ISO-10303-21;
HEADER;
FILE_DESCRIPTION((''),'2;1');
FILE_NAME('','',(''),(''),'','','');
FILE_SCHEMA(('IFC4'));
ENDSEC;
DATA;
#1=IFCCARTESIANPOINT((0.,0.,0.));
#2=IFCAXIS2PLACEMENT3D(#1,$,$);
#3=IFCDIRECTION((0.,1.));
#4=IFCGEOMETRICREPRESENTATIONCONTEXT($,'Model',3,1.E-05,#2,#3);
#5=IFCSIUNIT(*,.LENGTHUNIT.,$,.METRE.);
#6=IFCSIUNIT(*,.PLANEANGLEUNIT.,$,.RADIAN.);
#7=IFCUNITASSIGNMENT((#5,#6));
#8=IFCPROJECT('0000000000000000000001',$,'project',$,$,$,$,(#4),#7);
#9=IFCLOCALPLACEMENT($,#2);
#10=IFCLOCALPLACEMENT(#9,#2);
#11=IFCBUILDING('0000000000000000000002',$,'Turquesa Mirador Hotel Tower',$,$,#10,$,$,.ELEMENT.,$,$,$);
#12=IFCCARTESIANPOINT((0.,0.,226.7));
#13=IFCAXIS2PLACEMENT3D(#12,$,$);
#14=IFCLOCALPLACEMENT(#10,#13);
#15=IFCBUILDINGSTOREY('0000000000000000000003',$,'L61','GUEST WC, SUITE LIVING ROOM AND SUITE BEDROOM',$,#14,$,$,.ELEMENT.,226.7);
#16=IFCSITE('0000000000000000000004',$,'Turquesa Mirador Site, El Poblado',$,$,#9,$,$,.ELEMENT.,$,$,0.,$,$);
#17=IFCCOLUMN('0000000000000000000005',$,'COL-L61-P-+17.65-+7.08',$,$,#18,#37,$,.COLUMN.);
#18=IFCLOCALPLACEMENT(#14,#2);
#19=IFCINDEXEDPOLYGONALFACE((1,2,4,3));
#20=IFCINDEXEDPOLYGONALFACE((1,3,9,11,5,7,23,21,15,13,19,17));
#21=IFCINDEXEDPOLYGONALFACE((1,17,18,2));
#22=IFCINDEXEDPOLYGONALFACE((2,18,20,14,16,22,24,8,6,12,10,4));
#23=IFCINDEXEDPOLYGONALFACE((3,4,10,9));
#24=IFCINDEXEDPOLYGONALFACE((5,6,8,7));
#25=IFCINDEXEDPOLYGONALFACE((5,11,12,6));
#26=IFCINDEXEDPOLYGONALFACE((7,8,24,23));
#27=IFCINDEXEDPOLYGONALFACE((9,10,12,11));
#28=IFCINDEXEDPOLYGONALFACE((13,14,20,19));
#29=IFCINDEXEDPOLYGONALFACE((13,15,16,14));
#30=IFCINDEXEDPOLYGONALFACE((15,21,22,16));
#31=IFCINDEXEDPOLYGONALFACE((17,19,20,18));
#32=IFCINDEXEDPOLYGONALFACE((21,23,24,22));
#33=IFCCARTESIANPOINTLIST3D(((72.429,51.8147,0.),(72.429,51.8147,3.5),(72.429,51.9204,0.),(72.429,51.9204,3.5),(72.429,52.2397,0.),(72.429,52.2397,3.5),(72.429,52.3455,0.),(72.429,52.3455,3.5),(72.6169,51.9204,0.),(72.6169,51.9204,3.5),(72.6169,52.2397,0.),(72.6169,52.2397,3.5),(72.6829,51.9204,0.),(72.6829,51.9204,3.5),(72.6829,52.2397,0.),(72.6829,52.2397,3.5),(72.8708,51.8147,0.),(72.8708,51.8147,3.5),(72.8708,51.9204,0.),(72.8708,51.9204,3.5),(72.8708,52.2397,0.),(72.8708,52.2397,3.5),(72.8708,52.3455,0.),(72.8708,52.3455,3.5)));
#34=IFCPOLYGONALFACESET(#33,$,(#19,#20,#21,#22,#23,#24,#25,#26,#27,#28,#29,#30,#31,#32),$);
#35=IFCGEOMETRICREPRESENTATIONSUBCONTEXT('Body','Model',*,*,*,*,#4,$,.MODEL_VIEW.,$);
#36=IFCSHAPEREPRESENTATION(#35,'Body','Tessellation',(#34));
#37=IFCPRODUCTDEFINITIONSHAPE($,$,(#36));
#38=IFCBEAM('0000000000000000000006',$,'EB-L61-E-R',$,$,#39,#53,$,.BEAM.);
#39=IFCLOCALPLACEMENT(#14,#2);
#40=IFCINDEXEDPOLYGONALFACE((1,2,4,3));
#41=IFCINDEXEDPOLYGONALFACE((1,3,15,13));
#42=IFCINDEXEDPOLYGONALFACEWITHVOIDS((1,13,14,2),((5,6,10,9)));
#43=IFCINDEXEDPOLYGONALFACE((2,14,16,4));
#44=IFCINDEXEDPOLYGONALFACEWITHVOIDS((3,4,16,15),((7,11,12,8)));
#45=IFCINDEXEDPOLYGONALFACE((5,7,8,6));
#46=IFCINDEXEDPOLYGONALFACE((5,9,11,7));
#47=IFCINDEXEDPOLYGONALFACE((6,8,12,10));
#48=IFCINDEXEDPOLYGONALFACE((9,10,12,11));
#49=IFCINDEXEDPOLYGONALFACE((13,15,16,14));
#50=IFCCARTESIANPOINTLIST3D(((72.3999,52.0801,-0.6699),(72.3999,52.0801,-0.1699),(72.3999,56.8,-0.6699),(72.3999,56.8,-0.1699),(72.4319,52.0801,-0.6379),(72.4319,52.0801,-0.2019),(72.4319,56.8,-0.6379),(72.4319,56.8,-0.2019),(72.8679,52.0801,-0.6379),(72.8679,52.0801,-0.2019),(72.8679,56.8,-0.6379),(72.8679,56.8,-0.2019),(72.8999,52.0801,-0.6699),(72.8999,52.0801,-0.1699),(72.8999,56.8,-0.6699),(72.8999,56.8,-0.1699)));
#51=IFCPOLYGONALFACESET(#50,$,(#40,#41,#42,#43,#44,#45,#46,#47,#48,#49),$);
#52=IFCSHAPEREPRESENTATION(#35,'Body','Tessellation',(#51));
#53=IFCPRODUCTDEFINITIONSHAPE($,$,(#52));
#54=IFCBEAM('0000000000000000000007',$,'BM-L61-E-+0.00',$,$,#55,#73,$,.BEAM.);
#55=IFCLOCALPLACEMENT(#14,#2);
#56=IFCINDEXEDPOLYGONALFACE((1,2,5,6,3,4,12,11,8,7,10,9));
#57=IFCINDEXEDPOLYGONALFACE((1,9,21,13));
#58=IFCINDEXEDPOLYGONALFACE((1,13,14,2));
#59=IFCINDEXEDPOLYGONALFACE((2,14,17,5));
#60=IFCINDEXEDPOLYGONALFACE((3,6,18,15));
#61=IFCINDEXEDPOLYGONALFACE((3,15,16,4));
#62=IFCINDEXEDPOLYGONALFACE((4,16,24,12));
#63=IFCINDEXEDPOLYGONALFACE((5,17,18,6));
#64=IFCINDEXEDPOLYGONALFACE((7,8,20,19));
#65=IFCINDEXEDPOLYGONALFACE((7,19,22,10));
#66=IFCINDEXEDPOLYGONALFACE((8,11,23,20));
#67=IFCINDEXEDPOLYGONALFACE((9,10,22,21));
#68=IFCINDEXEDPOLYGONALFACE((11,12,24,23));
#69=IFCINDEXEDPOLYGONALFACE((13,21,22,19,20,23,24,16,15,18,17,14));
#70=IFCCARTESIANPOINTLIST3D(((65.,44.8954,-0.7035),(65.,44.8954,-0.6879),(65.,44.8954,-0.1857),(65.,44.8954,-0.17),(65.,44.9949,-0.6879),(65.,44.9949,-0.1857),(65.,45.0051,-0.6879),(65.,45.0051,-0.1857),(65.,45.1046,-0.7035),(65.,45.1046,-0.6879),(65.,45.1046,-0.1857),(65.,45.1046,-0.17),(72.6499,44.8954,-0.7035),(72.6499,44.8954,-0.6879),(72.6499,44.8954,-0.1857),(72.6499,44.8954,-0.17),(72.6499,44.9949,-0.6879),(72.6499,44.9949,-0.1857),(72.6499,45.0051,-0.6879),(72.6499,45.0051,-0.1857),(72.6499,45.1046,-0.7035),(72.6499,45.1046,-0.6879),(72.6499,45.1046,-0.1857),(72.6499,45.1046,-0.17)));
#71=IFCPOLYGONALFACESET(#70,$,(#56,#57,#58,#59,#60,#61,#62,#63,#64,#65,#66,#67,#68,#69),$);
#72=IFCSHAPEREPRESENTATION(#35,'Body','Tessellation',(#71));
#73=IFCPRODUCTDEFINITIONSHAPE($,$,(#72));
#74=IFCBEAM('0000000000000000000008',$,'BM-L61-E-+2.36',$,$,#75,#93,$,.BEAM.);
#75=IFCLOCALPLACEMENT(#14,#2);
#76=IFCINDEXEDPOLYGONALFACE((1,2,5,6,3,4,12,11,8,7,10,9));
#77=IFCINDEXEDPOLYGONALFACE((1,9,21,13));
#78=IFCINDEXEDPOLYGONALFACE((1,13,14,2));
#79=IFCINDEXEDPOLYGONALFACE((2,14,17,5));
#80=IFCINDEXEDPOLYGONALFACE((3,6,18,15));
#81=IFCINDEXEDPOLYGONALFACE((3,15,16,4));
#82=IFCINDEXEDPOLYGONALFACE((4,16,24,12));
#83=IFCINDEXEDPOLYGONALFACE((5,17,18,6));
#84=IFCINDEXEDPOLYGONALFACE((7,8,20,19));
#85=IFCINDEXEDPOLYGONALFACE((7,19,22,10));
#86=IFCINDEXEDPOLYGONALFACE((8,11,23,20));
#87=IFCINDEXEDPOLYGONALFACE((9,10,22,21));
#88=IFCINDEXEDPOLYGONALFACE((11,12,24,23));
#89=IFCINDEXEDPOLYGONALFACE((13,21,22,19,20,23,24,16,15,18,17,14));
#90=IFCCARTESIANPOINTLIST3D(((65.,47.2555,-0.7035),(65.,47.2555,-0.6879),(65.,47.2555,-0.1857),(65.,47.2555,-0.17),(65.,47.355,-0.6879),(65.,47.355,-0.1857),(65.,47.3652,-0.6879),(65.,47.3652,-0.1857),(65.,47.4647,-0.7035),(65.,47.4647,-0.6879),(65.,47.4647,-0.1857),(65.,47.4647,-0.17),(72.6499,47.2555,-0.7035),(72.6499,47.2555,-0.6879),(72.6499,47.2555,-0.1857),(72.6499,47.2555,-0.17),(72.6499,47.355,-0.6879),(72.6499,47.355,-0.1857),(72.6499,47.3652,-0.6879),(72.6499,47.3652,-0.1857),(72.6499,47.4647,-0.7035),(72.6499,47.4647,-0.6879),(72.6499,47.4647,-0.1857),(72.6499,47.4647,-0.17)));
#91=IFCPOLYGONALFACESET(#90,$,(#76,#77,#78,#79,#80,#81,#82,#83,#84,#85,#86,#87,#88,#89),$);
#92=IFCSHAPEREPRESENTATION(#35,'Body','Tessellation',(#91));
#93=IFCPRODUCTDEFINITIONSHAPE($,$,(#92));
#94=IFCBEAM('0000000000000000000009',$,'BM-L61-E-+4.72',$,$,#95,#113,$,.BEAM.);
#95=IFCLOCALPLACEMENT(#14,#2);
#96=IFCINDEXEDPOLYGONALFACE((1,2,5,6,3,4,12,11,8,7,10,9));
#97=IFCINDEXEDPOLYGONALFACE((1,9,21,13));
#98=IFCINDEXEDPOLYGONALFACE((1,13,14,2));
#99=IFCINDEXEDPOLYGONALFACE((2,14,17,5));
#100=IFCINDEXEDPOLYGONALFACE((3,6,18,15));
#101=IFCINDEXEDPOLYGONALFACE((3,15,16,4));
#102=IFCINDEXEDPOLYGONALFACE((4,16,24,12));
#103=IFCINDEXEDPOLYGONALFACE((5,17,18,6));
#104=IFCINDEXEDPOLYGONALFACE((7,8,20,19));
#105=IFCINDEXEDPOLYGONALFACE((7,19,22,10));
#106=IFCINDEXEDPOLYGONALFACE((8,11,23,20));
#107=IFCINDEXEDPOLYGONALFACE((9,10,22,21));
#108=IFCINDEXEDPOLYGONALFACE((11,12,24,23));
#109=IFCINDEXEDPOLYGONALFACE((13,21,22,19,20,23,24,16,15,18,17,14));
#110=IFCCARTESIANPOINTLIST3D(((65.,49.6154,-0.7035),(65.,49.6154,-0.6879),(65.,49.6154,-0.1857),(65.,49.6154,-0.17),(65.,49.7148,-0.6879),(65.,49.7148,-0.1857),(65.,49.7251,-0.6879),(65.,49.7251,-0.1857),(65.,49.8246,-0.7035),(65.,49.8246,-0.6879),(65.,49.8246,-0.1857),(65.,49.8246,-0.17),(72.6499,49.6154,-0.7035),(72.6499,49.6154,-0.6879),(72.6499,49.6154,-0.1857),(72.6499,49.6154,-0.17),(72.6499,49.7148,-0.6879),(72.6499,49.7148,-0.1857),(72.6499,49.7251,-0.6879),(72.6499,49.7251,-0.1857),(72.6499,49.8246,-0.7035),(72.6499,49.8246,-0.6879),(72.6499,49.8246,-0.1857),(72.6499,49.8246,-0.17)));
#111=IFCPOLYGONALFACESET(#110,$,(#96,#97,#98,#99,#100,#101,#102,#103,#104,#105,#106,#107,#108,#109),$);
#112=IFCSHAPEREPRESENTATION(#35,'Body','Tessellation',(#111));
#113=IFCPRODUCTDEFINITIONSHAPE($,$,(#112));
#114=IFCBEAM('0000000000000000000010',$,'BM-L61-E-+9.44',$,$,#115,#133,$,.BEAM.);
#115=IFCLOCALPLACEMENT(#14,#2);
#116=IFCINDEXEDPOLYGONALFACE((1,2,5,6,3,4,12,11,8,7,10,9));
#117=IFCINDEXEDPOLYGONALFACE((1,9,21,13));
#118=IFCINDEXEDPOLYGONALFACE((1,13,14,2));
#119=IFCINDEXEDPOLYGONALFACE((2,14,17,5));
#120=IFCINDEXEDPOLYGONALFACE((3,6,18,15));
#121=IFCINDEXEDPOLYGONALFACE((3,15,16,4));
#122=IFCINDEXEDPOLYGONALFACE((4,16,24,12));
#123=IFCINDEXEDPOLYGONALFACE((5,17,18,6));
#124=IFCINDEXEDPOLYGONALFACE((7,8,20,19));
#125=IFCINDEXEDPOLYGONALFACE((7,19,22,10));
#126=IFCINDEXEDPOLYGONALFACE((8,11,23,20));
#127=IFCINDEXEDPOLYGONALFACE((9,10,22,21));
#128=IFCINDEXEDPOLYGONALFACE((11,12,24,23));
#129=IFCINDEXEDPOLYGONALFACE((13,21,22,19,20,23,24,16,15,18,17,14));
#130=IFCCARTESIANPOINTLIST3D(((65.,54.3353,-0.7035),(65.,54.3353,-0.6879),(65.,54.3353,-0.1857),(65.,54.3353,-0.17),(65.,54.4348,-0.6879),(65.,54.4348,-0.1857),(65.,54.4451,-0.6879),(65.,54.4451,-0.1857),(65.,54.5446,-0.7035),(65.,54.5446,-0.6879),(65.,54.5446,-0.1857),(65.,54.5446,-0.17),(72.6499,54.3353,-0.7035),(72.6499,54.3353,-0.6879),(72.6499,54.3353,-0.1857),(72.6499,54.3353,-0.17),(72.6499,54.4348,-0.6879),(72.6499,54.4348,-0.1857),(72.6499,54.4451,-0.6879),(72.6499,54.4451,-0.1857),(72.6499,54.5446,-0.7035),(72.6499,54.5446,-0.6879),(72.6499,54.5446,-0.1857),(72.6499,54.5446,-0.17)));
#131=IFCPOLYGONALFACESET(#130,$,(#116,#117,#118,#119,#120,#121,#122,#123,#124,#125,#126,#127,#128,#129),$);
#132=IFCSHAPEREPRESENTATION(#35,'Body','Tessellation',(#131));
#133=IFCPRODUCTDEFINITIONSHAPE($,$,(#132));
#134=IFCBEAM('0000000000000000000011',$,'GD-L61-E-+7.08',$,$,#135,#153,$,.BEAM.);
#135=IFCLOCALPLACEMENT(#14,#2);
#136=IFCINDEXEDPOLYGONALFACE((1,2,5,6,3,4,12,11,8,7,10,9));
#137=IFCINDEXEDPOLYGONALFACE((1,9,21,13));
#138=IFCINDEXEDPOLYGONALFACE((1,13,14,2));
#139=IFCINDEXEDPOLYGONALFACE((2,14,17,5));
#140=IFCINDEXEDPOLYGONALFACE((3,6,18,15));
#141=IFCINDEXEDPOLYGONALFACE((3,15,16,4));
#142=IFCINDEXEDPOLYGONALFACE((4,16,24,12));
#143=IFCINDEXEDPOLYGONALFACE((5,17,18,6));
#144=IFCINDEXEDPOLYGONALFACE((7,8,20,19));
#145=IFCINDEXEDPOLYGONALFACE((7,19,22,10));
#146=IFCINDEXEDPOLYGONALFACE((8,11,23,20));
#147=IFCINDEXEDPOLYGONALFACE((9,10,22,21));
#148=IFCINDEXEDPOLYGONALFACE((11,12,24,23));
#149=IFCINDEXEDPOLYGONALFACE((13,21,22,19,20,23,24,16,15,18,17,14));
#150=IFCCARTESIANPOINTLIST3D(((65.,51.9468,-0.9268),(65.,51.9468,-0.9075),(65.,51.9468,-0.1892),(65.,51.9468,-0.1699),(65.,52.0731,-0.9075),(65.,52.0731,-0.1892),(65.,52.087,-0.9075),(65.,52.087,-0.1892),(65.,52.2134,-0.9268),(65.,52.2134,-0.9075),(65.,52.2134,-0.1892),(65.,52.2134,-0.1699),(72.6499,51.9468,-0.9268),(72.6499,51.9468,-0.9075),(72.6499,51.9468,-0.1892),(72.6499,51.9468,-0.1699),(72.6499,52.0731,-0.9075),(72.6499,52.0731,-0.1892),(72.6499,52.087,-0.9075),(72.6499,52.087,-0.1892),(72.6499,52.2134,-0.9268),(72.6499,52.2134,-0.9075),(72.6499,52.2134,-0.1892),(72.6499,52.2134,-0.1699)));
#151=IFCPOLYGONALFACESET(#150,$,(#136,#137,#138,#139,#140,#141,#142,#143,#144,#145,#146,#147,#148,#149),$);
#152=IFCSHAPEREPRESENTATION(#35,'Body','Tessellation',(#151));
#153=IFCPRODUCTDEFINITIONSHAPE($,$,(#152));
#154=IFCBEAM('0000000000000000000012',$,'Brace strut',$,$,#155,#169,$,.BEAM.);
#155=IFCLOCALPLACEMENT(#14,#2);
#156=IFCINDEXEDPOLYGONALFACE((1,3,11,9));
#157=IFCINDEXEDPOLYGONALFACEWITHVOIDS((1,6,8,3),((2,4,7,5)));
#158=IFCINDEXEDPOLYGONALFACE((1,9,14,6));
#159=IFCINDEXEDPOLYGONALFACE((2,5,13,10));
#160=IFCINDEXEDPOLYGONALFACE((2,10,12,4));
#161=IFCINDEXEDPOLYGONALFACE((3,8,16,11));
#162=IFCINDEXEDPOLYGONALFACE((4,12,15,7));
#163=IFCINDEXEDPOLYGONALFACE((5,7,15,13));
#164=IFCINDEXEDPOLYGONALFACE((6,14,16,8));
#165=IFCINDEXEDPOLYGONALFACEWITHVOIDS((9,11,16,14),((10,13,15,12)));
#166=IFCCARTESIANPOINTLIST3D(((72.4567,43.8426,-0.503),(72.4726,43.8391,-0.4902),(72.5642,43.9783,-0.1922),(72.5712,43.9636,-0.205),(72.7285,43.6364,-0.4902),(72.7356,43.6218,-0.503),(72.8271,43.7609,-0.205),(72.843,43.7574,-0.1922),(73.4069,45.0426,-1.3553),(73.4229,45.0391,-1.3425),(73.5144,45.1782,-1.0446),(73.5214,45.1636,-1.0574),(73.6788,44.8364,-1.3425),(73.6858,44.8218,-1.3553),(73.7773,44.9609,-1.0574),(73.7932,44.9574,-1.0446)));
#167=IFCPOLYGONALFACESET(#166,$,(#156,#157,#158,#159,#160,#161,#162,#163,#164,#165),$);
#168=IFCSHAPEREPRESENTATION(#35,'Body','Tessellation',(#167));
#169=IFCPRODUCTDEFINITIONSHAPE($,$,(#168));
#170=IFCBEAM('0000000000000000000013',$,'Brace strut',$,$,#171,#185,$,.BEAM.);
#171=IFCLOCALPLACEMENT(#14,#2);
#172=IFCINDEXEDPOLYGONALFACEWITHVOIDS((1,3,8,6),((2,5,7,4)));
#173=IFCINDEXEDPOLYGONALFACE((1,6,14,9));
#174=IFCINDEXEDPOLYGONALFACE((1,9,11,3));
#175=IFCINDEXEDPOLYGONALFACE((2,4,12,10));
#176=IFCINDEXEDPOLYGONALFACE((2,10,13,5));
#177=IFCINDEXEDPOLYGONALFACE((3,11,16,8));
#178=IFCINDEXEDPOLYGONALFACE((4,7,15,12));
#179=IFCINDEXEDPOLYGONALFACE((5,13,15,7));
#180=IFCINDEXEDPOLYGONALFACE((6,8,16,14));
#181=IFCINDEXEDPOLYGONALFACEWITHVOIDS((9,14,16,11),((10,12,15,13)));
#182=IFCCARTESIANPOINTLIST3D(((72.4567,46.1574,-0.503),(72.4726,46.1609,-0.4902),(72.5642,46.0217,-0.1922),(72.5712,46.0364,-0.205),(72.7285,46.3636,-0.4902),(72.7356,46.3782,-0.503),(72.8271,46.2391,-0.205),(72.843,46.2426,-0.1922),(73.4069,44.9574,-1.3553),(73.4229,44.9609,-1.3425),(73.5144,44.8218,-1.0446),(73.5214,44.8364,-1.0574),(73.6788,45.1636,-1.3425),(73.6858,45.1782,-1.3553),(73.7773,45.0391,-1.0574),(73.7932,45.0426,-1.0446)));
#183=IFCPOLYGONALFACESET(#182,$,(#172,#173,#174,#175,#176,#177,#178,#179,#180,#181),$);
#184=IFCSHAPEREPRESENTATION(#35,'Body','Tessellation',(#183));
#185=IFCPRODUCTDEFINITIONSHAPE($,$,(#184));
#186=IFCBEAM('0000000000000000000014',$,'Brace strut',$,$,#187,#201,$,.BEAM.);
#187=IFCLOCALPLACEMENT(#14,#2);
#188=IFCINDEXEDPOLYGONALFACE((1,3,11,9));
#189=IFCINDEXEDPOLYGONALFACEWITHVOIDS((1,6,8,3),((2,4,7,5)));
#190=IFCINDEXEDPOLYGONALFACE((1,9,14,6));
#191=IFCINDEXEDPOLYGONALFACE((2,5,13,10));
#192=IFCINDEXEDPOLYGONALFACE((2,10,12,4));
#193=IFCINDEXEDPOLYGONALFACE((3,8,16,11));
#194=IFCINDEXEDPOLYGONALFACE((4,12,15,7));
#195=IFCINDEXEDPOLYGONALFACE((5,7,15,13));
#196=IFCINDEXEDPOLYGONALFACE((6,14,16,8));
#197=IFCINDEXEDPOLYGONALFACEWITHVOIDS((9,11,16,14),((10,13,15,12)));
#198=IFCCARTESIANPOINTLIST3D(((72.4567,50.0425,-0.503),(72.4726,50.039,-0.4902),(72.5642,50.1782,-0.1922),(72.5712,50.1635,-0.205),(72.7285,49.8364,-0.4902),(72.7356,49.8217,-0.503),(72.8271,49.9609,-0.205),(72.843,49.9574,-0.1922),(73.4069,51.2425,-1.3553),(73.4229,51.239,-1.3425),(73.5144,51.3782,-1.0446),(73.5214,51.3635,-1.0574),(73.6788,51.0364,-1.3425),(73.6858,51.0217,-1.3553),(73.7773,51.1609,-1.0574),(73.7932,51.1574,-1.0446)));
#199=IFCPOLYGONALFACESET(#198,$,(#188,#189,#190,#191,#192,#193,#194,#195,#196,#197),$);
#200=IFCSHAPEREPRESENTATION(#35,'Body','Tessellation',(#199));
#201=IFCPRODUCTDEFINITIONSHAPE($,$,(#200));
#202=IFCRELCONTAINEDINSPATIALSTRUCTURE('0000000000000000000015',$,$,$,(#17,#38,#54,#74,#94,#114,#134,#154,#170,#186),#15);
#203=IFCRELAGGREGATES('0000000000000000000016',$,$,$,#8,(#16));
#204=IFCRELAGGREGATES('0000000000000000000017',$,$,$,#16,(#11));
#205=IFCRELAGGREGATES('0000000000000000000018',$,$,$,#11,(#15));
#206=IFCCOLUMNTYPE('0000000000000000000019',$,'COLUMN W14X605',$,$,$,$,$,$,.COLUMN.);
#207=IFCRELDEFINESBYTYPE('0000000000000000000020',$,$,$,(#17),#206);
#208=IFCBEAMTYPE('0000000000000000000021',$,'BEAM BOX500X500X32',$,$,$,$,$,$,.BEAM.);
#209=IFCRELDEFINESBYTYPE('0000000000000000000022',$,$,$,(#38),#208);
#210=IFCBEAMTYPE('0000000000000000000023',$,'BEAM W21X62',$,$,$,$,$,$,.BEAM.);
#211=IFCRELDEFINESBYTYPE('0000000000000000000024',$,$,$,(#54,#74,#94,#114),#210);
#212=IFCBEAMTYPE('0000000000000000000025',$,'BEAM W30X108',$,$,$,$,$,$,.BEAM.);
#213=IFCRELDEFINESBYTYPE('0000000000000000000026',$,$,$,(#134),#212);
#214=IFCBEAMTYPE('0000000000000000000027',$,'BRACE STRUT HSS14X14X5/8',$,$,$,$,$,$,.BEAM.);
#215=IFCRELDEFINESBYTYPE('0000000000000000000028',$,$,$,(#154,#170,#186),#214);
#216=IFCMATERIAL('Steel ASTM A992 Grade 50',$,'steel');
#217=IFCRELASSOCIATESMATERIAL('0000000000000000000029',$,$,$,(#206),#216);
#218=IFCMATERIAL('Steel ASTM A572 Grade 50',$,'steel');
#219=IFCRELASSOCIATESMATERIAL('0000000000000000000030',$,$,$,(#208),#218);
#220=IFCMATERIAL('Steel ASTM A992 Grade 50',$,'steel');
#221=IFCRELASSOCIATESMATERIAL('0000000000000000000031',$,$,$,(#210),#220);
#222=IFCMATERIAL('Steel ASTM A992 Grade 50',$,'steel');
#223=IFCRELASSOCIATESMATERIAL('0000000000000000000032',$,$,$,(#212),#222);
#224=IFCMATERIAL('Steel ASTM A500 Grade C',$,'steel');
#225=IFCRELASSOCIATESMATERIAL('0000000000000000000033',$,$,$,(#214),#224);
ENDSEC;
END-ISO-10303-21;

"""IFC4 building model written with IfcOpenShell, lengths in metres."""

from ifc_helpers import new_model, si_unit, direction, frame, origin, origin_2d, place, context, subcontext, project, spatial, hollow_rectangle, i_section, extrude, material, material_profile, profile_set, type_object, element, save


model = new_model("IFC4")

# Units and contexts
model_context = context("Model", 3, precision=1e-05, world=origin(), true_north=direction((0.0, 1.0)))
body_context = subcontext(model_context, "Body", "Model", "MODEL_VIEW")
ifc_project = project(units=[si_unit("LENGTHUNIT", "METRE"), si_unit("PLANEANGLEUNIT", "RADIAN")], contexts=[model_context])

# Site, building, storey
site_placement = place(None, origin())
site = spatial("IfcSite", under=ifc_project, at=site_placement, Name="Turquesa Mirador Site, El Poblado", CompositionType="ELEMENT", RefElevation=0.0)
building_placement = place(site_placement, origin())
building = spatial("IfcBuilding", under=site, at=building_placement, Name="Turquesa Mirador Hotel Tower", CompositionType="ELEMENT")
storey_placement = place(building_placement, frame((0.0, 0.0, 226.7)))
storey = spatial("IfcBuildingStorey", under=building, at=storey_placement, Name="L61", Description="GUEST WC, SUITE LIVING ROOM AND SUITE BEDROOM", CompositionType="ELEMENT", Elevation=226.7)

# Column
ifc_material_1 = material(Name="Steel ASTM A992 Grade 50", Category="steel")
ifc_material_profile_1 = material_profile(ifc_material_1, i_section(OverallWidth=0.4419, OverallDepth=0.5308, WebThickness=0.0659, FlangeThickness=0.1057, at=origin_2d()), Name="W14X605")
ifc_profile_set_1 = profile_set([ifc_material_profile_1], Name="Steel ASTM A992 Grade 50")
column_type = type_object("IfcColumnType", Name="COLUMN W14X605", PredefinedType="COLUMN", material=ifc_profile_set_1)
column_placement = place(storey_placement, frame((72.6499, 52.0801, 0.0), z_axis=(0.0, 0.0, 1.0), x_axis=(1.0, 0.0, 0.0)))
element("IfcColumn", 1, at=column_placement, inside=storey, type_object=column_type, Name="COL-L61-P-+17.65-+7.08", PredefinedType="COLUMN", context=body_context, shape_type="SweptSolid", body=[
    extrude(i_section(OverallWidth=0.4419, OverallDepth=0.5308, WebThickness=0.0659, FlangeThickness=0.1057, at=origin_2d()), origin(), (0.0, 0.0, 1.0), 3.5),
])

# Beams
ifc_material_2 = material(Name="Steel ASTM A572 Grade 50", Category="steel")
ifc_material_profile_2 = material_profile(ifc_material_2, hollow_rectangle(XDim=0.5, YDim=0.5, WallThickness=0.032, at=origin_2d()), Name="BOX500X500X32")
ifc_profile_set_2 = profile_set([ifc_material_profile_2], Name="Steel ASTM A572 Grade 50")
beam_type_1 = type_object("IfcBeamType", Name="BEAM BOX500X500X32", PredefinedType="BEAM", material=ifc_profile_set_2)
beam_1_placement = place(storey_placement, frame((72.6499, 52.0801, -0.4199), z_axis=(0.0, 1.0, 0.0), x_axis=(-1.0, 0.0, 0.0)))
element("IfcBeam", 2, at=beam_1_placement, inside=storey, type_object=beam_type_1, Name="EB-L61-E-R", PredefinedType="BEAM", context=body_context, shape_type="SweptSolid", body=[
    extrude(hollow_rectangle(XDim=0.5, YDim=0.5, WallThickness=0.032, at=origin_2d()), origin(), (0.0, 0.0, 1.0), 4.72),
])
ifc_material_3 = material(Name="Steel ASTM A992 Grade 50", Category="steel")
ifc_material_profile_3 = material_profile(ifc_material_3, i_section(OverallWidth=0.2092, OverallDepth=0.5334, WebThickness=0.0103, FlangeThickness=0.0156, at=origin_2d()), Name="W21X62")
ifc_profile_set_3 = profile_set([ifc_material_profile_3], Name="Steel ASTM A992 Grade 50")
beam_type_2 = type_object("IfcBeamType", Name="BEAM W21X62", PredefinedType="BEAM", material=ifc_profile_set_3)
for number, where, z_axis, x_axis, name in (
    (3, (72.6499, 45.0, -0.4368), (-1.0, 0.0, 0.0), (0.0, -1.0, 0.0), "BM-L61-E-+0.00"),
    (4, (72.6499, 47.3601, -0.4368), (-1.0, 0.0, 0.0), (0.0, -1.0, 0.0), "BM-L61-E-+2.36"),
    (5, (72.6499, 49.72, -0.4368), (-1.0, 0.0, 0.0), (0.0, -1.0, 0.0), "BM-L61-E-+4.72"),
    (6, (72.6499, 54.4399, -0.4368), (-1.0, 0.0, 0.0), (0.0, -1.0, 0.0), "BM-L61-E-+9.44"),
):
    element("IfcBeam", number, at=place(storey_placement, frame(where, z_axis=z_axis, x_axis=x_axis)), inside=storey, type_object=beam_type_2, Name=name, PredefinedType="BEAM", context=body_context, shape_type="SweptSolid", body=[
        extrude(i_section(OverallWidth=0.2092, OverallDepth=0.5334, WebThickness=0.0103, FlangeThickness=0.0156, at=origin_2d()), origin(), (0.0, 0.0, 1.0), 7.6499),
    ])
ifc_material_4 = material(Name="Steel ASTM A992 Grade 50", Category="steel")
ifc_material_profile_4 = material_profile(ifc_material_4, i_section(OverallWidth=0.2666, OverallDepth=0.7568, WebThickness=0.0139, FlangeThickness=0.0193, at=origin_2d()), Name="W30X108")
ifc_profile_set_4 = profile_set([ifc_material_profile_4], Name="Steel ASTM A992 Grade 50")
beam_type_3 = type_object("IfcBeamType", Name="BEAM W30X108", PredefinedType="BEAM", material=ifc_profile_set_4)
beam_2_placement = place(storey_placement, frame((72.6499, 52.0801, -0.5483), z_axis=(-1.0, 0.0, 0.0), x_axis=(0.0, -1.0, 0.0)))
element("IfcBeam", 7, at=beam_2_placement, inside=storey, type_object=beam_type_3, Name="GD-L61-E-+7.08", PredefinedType="BEAM", context=body_context, shape_type="SweptSolid", body=[
    extrude(i_section(OverallWidth=0.2666, OverallDepth=0.7568, WebThickness=0.0139, FlangeThickness=0.0193, at=origin_2d()), origin(), (0.0, 0.0, 1.0), 7.6499),
])
ifc_material_5 = material(Name="Steel ASTM A500 Grade C", Category="steel")
ifc_material_profile_5 = material_profile(ifc_material_5, hollow_rectangle(XDim=0.3557, YDim=0.3557, WallThickness=0.0146, at=origin_2d()), Name="HSS14X14X5/8")
ifc_profile_set_5 = profile_set([ifc_material_profile_5], Name="Steel ASTM A500 Grade C")
beam_type_4 = type_object("IfcBeamType", Name="BRACE STRUT HSS14X14X5/8", PredefinedType="BEAM", material=ifc_profile_set_5)
for number, where, z_axis, x_axis, name in (
    (8, (73.6001, 45.0, -1.2), (-0.542379, -0.684942, 0.486497), (0.783971, -0.620797, 0.0), "Brace strut"),
    (9, (73.6001, 45.0, -1.2), (-0.542379, 0.684942, 0.486497), (-0.783971, -0.620797, 0.0), "Brace strut"),
    (10, (73.6001, 51.2, -1.2), (-0.542379, -0.684942, 0.486497), (0.783971, -0.620797, 0.0), "Brace strut"),
):
    element("IfcBeam", number, at=place(storey_placement, frame(where, z_axis=z_axis, x_axis=x_axis)), inside=storey, type_object=beam_type_4, Name=name, PredefinedType="BEAM", context=body_context, shape_type="SweptSolid", body=[
        extrude(hollow_rectangle(XDim=0.3557, YDim=0.3557, WallThickness=0.0146, at=origin_2d()), origin(), (0.0, 0.0, 1.0), 1.752),
    ])

save(model, "model.ifc")
